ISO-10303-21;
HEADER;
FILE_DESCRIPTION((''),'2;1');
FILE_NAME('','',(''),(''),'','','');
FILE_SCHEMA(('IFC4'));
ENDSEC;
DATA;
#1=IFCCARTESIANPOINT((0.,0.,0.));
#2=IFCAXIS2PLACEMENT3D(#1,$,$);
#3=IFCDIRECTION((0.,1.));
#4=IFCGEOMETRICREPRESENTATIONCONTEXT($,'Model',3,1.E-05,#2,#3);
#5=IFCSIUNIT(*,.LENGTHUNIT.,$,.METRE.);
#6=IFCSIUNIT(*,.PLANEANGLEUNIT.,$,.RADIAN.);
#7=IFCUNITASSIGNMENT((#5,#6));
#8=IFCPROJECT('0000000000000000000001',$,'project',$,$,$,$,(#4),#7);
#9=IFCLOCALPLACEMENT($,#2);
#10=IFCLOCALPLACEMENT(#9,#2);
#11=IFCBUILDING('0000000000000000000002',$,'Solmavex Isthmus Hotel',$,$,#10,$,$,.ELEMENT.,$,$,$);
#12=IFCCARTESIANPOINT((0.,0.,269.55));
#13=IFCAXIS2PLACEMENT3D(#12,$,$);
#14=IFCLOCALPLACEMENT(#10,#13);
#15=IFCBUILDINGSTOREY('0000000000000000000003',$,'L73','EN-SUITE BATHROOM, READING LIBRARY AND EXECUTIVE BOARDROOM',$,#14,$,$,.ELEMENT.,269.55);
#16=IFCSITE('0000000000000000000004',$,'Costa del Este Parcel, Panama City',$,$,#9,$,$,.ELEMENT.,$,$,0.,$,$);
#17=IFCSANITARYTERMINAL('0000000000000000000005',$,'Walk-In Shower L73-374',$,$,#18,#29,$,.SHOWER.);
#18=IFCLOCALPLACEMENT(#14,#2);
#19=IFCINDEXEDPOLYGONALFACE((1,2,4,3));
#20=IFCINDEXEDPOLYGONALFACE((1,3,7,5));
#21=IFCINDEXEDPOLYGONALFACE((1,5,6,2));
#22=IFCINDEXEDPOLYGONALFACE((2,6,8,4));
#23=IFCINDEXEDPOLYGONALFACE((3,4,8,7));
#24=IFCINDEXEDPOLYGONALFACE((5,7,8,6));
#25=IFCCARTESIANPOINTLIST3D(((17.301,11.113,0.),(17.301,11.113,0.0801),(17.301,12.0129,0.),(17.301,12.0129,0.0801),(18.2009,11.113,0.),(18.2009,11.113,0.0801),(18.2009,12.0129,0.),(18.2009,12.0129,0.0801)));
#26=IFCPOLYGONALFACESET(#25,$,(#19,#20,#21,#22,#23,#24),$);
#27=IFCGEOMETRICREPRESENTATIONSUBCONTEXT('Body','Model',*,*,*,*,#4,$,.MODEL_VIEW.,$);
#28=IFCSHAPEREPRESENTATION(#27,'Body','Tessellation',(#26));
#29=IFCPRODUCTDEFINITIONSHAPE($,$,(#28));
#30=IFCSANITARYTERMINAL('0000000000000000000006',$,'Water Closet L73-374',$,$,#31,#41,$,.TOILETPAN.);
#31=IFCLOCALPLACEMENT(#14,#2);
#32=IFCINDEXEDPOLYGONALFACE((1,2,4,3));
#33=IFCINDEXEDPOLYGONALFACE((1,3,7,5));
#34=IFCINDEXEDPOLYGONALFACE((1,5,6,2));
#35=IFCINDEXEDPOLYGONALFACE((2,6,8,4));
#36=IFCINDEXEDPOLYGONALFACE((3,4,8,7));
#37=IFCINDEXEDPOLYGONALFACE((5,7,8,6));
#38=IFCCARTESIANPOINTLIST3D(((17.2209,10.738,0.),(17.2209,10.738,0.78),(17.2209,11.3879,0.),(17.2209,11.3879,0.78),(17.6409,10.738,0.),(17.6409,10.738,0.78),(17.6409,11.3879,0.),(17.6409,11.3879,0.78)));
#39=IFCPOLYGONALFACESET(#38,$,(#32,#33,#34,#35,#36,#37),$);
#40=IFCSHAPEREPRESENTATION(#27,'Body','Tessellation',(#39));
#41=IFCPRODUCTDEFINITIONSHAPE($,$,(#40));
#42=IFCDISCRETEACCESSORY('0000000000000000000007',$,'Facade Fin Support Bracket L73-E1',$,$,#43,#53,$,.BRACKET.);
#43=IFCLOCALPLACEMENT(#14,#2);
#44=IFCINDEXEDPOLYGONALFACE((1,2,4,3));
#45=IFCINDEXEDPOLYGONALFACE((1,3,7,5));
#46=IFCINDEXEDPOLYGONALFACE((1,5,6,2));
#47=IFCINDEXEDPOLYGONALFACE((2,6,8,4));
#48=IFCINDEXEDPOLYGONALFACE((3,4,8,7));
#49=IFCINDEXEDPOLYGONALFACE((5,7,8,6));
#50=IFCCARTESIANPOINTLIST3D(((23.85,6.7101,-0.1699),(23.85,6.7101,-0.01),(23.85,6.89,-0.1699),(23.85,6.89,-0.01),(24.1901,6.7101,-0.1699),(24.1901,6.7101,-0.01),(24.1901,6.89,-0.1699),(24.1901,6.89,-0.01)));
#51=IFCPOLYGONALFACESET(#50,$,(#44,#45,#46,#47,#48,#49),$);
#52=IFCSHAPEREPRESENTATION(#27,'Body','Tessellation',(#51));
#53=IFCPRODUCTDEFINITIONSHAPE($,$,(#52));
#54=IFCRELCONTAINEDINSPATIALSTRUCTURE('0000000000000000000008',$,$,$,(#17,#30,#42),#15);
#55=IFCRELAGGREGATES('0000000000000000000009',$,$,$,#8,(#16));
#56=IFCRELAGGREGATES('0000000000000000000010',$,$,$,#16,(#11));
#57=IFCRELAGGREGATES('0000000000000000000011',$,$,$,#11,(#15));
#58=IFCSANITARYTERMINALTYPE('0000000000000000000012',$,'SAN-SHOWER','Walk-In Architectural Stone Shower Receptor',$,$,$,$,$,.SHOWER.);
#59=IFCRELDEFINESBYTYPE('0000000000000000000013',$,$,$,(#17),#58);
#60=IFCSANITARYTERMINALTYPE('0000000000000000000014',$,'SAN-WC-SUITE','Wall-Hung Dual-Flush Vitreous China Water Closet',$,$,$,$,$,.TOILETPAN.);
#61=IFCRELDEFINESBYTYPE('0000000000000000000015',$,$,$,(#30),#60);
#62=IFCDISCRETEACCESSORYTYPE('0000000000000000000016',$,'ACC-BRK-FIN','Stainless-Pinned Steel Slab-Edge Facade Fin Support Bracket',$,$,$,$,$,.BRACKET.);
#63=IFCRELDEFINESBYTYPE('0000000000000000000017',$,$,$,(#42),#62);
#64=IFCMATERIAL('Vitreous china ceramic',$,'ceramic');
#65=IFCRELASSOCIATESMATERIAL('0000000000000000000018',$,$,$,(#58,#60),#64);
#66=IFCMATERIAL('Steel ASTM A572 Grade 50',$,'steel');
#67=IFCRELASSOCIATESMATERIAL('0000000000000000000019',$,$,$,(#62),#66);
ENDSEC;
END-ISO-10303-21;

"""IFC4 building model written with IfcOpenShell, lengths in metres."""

from ifc_helpers import new_model, si_unit, direction, frame, origin, origin_2d, place, context, subcontext, project, spatial, rectangle, extrude, material, type_object, element, save


model = new_model("IFC4")

# Units and contexts
model_context = context("Model", 3, precision=1e-05, world=origin(), true_north=direction((0.0, 1.0)))
body_context = subcontext(model_context, "Body", "Model", "MODEL_VIEW")
ifc_project = project(units=[si_unit("LENGTHUNIT", "METRE"), si_unit("PLANEANGLEUNIT", "RADIAN")], contexts=[model_context])

# Site, building, storey
site_placement = place(None, origin())
site = spatial("IfcSite", under=ifc_project, at=site_placement, Name="Costa del Este Parcel, Panama City", CompositionType="ELEMENT", RefElevation=0.0)
building_placement = place(site_placement, origin())
building = spatial("IfcBuilding", under=site, at=building_placement, Name="Solmavex Isthmus Hotel", CompositionType="ELEMENT")
storey_placement = place(building_placement, frame((0.0, 0.0, 269.55)))
storey = spatial("IfcBuildingStorey", under=building, at=storey_placement, Name="L73", Description="EN-SUITE BATHROOM, READING LIBRARY AND EXECUTIVE BOARDROOM", CompositionType="ELEMENT", Elevation=269.55)

# Sanitary terminals
ifc_material_1 = material(Name="Vitreous china ceramic", Category="ceramic")
sanitary_terminal_type_1 = type_object("IfcSanitaryTerminalType", Name="SAN-SHOWER", Description="Walk-In Architectural Stone Shower Receptor", PredefinedType="SHOWER", material=ifc_material_1)
sanitary_terminal_1_placement = place(storey_placement, frame((17.751, 11.563, 0.0), z_axis=(0.0, 0.0, 1.0), x_axis=(1.0, 0.0, 0.0)))
element("IfcSanitaryTerminal", 1, at=sanitary_terminal_1_placement, inside=storey, type_object=sanitary_terminal_type_1, Name="Walk-In Shower L73-374", PredefinedType="SHOWER", context=body_context, shape_type="SweptSolid", body=[
    extrude(rectangle(XDim=0.8999, YDim=0.8999, at=origin_2d()), origin(), (0.0, 0.0, 1.0), 0.0801),
])
sanitary_terminal_type_2 = type_object("IfcSanitaryTerminalType", Name="SAN-WC-SUITE", Description="Wall-Hung Dual-Flush Vitreous China Water Closet", PredefinedType="TOILETPAN", material=ifc_material_1)
sanitary_terminal_2_placement = place(storey_placement, frame((17.4309, 11.063, 0.0), z_axis=(0.0, 0.0, 1.0), x_axis=(1.0, 0.0, 0.0)))
element("IfcSanitaryTerminal", 2, at=sanitary_terminal_2_placement, inside=storey, type_object=sanitary_terminal_type_2, Name="Water Closet L73-374", PredefinedType="TOILETPAN", context=body_context, shape_type="SweptSolid", body=[
    extrude(rectangle(XDim=0.4199, YDim=0.6499, at=origin_2d()), origin(), (0.0, 0.0, 1.0), 0.78),
])

# Discrete accessory
ifc_material_2 = material(Name="Steel ASTM A572 Grade 50", Category="steel")
discrete_accessory_type = type_object("IfcDiscreteAccessoryType", Name="ACC-BRK-FIN", Description="Stainless-Pinned Steel Slab-Edge Facade Fin Support Bracket", PredefinedType="BRACKET", material=ifc_material_2)
discrete_accessory_placement = place(storey_placement, frame((24.02, 6.8, -0.1699), z_axis=(0.0, 0.0, 1.0), x_axis=(1.0, 0.0, 0.0)))
element("IfcDiscreteAccessory", 3, at=discrete_accessory_placement, inside=storey, type_object=discrete_accessory_type, Name="Facade Fin Support Bracket L73-E1", PredefinedType="BRACKET", context=body_context, shape_type="SweptSolid", body=[
    extrude(rectangle(XDim=0.3401, YDim=0.1799, at=origin_2d()), origin(), (0.0, 0.0, 1.0), 0.1599),
])

save(model, "model.ifc")
